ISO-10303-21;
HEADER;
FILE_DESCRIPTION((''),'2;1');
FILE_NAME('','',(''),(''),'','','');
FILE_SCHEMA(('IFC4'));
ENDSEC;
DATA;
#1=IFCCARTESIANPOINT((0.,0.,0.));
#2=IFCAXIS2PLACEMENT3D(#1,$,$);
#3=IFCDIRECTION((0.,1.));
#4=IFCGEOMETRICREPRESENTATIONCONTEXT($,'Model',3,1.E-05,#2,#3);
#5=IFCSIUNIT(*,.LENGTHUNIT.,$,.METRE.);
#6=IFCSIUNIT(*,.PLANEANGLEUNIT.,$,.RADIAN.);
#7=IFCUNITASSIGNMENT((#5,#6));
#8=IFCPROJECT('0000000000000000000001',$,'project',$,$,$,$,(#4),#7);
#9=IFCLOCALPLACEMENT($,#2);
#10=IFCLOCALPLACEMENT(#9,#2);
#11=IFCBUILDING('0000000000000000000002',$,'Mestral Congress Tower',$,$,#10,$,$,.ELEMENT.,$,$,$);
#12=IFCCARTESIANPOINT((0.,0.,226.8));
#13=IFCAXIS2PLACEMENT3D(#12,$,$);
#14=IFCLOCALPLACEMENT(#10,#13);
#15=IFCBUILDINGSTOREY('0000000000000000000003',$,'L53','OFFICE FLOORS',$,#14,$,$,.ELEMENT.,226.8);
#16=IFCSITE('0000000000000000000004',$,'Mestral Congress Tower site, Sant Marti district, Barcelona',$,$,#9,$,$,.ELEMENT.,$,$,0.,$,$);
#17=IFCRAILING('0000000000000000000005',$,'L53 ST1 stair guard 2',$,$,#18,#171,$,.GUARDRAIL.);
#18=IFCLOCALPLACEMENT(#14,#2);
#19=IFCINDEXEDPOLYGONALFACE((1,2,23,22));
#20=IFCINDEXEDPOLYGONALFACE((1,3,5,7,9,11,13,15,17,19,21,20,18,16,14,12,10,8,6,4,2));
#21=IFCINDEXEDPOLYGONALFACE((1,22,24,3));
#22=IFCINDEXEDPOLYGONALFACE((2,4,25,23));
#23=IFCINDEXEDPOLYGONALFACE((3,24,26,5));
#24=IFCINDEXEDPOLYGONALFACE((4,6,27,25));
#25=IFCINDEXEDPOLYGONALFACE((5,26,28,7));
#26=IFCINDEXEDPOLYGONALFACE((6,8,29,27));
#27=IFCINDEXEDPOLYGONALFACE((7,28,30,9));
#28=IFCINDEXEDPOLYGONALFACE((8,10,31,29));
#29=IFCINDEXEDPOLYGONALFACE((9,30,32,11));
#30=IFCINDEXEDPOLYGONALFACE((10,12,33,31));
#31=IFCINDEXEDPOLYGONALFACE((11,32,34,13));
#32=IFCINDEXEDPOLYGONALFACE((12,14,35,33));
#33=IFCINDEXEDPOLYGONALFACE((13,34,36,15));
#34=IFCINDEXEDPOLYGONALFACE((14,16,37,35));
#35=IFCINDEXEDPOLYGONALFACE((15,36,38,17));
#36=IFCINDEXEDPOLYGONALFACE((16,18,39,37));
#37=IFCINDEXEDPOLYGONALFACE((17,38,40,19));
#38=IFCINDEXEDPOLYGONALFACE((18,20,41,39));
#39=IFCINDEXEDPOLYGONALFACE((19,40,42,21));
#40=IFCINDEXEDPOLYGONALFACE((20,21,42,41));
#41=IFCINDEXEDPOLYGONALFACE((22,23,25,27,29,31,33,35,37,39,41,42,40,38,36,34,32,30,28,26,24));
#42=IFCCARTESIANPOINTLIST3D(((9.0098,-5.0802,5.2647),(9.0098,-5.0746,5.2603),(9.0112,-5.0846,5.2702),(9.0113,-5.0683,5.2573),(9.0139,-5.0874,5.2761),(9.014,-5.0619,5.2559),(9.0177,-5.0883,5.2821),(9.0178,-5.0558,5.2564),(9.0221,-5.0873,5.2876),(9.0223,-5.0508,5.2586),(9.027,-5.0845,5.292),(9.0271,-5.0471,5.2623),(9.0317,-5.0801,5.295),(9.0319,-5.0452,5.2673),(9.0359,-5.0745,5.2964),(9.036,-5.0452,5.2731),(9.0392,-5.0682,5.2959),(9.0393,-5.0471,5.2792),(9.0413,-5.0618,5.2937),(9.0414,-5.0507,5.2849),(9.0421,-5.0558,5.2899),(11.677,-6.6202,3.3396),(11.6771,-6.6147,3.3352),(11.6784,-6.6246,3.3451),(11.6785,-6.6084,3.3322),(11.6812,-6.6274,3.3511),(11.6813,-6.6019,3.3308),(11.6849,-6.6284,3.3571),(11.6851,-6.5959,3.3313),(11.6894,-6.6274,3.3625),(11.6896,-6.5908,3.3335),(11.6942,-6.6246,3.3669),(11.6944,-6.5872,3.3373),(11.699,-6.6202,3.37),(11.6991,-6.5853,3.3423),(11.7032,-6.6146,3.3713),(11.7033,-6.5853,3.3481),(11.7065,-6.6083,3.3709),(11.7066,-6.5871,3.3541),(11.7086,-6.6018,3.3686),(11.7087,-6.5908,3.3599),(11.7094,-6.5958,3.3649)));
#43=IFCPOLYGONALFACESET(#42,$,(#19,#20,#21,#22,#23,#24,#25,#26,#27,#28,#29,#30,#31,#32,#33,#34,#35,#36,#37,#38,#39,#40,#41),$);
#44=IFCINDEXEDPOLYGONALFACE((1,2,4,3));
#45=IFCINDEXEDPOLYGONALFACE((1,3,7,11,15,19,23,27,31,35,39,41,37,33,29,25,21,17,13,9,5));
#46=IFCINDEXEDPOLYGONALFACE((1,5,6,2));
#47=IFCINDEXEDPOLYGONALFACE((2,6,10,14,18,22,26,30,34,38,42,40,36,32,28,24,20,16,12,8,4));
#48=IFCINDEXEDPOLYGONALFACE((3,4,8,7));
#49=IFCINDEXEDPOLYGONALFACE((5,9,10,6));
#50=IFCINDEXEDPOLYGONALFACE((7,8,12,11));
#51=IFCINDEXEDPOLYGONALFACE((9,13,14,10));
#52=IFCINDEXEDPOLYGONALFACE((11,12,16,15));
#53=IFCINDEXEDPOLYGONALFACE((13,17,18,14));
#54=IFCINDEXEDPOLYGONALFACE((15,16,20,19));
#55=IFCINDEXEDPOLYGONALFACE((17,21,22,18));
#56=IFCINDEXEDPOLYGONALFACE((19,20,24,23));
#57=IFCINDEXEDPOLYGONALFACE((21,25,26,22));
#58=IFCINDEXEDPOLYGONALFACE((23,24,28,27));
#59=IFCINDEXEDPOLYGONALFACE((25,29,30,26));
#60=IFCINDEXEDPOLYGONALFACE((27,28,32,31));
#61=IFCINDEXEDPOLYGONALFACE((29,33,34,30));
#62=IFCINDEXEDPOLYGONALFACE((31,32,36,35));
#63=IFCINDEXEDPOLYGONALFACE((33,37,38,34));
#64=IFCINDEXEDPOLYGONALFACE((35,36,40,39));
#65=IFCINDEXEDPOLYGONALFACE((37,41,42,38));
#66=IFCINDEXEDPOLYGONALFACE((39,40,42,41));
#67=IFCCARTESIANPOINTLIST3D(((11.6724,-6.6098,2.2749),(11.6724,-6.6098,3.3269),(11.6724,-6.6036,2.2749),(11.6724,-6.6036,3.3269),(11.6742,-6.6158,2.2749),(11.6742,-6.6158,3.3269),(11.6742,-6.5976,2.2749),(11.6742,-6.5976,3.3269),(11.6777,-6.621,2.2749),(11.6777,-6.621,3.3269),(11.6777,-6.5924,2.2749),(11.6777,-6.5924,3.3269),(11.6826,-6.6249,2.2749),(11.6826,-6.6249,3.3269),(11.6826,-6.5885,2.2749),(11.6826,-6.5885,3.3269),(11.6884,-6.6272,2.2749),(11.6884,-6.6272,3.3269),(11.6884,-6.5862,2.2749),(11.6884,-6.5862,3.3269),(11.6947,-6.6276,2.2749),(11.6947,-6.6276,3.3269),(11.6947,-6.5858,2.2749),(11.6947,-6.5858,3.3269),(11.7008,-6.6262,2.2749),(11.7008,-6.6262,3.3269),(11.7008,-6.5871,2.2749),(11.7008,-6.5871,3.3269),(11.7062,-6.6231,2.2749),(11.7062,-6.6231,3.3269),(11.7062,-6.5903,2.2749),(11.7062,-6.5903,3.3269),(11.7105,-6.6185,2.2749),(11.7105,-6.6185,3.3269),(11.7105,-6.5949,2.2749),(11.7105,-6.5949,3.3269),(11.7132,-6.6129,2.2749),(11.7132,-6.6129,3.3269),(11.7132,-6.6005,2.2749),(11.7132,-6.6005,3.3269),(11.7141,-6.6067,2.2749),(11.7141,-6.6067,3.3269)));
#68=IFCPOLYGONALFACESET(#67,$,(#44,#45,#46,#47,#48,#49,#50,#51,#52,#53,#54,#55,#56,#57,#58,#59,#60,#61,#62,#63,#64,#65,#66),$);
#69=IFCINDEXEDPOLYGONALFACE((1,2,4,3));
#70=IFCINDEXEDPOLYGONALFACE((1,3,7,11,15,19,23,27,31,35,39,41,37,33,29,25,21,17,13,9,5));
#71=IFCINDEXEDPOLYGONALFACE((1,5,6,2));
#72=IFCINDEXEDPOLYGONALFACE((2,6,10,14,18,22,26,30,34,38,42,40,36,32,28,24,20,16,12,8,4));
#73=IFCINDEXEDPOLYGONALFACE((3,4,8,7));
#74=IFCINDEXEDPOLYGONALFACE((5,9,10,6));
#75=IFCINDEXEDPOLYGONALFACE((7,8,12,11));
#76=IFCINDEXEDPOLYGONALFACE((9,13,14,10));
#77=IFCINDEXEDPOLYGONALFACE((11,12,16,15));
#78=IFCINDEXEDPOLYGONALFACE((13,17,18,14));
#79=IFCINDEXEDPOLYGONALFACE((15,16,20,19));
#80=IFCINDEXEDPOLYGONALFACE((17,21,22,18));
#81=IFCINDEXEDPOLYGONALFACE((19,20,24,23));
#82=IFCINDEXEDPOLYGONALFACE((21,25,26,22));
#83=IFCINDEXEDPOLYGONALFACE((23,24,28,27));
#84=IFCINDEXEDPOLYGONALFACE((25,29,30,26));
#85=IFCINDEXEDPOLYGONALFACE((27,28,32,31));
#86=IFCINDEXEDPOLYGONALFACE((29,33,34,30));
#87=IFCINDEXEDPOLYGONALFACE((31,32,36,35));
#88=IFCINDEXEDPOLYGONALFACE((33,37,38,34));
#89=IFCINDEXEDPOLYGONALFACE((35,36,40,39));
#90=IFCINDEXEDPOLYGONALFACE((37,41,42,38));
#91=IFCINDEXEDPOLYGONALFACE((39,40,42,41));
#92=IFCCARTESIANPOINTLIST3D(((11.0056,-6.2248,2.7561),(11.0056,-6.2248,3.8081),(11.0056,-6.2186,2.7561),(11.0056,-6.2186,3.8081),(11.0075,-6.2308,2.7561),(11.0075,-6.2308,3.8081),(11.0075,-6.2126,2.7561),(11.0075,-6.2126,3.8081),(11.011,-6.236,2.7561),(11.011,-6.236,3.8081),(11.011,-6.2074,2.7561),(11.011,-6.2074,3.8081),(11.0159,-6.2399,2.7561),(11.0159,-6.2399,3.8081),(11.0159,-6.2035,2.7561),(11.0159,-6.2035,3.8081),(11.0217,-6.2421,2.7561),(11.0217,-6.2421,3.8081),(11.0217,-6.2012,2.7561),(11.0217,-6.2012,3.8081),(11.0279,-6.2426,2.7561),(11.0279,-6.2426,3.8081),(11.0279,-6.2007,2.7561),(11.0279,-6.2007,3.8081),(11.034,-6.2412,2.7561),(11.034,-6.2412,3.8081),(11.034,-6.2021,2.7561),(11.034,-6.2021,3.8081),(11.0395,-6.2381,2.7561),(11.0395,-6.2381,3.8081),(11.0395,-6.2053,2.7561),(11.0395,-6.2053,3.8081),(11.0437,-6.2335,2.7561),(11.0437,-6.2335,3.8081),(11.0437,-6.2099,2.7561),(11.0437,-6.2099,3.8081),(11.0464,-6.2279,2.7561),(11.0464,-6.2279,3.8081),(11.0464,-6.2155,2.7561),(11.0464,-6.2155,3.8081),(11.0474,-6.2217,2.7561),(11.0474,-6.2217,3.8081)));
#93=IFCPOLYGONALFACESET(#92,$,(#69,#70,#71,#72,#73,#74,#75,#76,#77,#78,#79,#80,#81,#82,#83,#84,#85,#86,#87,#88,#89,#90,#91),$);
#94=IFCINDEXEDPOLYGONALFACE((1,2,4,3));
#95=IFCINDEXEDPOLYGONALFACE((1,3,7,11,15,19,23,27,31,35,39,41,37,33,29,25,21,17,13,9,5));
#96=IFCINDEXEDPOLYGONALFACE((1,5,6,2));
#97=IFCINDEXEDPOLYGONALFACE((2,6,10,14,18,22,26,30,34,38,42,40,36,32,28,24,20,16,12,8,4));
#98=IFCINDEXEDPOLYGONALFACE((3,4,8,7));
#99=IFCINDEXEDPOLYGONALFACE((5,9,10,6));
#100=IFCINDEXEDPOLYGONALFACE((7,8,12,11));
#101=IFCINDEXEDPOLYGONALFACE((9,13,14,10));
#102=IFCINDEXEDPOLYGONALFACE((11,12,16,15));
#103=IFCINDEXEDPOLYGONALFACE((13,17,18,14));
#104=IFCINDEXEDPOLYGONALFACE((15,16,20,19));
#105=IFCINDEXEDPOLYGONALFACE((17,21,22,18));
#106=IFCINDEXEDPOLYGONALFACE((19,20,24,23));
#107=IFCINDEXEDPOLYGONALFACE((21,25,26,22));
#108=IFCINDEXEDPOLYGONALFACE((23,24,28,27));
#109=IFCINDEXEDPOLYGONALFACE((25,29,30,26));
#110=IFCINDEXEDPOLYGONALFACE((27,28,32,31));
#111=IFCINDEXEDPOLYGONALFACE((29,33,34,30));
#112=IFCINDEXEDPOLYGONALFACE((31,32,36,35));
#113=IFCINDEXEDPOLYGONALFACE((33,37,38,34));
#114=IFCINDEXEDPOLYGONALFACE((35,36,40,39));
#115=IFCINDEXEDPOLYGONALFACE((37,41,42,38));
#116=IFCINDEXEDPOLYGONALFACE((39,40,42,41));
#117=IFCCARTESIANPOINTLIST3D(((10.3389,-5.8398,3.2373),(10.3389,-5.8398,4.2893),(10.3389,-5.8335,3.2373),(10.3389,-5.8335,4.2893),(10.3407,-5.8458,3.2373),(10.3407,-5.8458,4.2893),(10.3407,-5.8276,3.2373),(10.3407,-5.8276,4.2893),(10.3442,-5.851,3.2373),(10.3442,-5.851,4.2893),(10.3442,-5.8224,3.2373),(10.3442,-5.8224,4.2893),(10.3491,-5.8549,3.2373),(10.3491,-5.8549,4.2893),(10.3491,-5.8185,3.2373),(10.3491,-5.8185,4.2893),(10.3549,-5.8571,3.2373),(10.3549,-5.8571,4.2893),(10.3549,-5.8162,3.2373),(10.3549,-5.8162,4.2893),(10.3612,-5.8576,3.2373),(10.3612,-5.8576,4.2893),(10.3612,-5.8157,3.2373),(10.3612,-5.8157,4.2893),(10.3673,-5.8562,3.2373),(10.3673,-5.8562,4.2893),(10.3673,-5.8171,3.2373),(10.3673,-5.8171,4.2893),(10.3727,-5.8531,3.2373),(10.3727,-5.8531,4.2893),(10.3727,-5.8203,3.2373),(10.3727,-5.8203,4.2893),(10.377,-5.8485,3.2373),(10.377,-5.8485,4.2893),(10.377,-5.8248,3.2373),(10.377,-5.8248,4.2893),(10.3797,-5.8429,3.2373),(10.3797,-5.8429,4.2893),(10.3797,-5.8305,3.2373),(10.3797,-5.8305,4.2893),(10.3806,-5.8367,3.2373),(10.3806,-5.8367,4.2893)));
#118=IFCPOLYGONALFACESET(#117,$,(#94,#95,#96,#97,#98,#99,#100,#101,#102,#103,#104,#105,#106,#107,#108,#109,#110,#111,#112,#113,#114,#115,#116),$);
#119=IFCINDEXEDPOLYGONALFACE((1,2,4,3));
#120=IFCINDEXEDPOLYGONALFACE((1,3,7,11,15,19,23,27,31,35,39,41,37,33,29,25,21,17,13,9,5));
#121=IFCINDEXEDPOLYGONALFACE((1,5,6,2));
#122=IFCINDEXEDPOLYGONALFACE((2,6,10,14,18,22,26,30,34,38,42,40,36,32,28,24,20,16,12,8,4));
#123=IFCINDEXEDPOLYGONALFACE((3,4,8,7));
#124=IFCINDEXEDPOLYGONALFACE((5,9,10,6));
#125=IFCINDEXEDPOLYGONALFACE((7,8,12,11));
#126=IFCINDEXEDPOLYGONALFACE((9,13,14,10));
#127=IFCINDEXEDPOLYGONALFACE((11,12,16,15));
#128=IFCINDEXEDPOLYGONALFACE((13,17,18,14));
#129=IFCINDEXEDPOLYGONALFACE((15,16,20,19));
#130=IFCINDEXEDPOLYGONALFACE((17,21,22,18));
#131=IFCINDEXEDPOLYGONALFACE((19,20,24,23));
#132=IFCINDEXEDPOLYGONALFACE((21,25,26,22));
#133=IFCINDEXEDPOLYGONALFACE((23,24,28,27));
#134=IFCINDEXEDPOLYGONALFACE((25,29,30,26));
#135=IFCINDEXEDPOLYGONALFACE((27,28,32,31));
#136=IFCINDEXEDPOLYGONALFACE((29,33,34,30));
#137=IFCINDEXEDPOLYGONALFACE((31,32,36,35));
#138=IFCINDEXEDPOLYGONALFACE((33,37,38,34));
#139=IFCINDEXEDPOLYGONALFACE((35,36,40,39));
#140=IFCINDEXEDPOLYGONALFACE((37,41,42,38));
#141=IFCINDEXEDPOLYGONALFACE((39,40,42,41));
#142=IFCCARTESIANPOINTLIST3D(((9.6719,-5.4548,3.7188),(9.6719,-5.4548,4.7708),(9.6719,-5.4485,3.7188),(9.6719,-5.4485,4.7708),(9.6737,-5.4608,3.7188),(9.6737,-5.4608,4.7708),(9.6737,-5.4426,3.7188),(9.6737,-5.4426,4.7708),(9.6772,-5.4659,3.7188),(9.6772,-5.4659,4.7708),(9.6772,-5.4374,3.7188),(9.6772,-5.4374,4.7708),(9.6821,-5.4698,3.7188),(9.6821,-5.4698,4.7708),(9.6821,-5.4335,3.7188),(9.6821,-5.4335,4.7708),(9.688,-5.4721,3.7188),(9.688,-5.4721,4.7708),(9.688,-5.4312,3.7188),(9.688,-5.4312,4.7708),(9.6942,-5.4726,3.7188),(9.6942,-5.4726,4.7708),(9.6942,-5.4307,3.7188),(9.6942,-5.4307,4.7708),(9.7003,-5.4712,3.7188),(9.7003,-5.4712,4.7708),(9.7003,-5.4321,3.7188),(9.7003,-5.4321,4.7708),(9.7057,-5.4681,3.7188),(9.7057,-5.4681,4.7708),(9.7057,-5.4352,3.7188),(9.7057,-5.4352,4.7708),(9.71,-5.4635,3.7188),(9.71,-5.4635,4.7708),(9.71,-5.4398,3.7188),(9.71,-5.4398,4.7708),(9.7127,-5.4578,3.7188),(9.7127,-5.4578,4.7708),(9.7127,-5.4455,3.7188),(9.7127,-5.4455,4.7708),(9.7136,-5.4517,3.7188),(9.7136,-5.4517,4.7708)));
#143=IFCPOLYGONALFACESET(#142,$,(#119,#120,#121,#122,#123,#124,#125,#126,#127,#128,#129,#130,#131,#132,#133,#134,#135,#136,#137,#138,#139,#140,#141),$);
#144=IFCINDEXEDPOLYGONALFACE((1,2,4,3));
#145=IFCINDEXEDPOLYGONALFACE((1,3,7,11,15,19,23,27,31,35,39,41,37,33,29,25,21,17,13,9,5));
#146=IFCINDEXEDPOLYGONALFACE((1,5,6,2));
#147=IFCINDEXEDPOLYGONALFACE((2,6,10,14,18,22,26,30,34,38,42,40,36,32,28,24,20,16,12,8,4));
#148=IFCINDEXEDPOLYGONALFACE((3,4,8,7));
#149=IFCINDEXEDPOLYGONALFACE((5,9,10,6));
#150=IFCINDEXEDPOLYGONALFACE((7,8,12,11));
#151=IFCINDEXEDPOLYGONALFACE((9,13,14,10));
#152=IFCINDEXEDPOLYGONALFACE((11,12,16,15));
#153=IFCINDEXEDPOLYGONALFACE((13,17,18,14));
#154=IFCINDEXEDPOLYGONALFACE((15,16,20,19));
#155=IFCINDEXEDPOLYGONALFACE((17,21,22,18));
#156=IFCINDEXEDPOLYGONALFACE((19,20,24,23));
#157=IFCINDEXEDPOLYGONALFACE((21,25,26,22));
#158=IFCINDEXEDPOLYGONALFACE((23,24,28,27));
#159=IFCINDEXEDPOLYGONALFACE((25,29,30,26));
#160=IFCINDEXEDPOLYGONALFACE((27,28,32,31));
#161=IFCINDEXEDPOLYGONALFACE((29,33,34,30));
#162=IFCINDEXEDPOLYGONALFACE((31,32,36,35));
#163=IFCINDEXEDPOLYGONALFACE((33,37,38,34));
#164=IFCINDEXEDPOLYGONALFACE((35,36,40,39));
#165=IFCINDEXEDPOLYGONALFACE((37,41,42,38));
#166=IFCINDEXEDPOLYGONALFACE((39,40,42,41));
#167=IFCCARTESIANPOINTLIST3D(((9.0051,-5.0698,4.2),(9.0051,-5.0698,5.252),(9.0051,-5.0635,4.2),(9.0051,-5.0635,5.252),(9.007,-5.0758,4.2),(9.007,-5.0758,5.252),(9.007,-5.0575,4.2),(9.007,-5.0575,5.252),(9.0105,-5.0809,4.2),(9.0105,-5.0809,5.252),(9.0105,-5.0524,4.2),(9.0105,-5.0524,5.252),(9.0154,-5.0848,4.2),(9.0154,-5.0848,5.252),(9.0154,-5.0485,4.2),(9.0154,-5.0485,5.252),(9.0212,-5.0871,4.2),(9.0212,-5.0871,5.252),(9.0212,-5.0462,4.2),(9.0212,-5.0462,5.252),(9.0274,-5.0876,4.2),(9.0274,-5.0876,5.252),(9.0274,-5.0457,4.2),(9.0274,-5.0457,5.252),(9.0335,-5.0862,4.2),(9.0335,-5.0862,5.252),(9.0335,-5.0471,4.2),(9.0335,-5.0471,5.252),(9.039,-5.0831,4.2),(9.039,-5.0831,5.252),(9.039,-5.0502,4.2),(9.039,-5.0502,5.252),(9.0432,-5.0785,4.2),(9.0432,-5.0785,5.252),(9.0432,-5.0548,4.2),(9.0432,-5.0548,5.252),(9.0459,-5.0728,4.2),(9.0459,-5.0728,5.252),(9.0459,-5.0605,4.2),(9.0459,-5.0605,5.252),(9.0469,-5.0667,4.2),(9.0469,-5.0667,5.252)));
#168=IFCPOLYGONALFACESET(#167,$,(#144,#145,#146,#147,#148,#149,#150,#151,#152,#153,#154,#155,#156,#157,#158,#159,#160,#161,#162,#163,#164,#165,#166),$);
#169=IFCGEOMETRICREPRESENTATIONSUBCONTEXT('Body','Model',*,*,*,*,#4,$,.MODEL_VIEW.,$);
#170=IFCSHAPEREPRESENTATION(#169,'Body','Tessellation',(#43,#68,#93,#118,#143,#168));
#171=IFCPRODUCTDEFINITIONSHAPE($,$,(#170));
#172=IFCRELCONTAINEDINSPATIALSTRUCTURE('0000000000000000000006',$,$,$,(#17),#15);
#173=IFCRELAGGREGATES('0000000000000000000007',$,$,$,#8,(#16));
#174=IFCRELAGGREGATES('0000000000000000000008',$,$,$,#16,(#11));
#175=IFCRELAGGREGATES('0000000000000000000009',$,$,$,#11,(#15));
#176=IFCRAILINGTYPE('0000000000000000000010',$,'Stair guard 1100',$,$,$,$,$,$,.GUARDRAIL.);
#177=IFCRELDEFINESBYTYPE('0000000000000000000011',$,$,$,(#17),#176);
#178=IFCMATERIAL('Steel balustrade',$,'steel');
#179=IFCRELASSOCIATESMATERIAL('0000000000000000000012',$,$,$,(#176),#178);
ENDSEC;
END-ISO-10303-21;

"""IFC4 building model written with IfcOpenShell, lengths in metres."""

from ifc_helpers import new_model, si_unit, direction, frame, origin, origin_2d, place, context, subcontext, project, spatial, circle, extrude, material, type_object, element, save


model = new_model("IFC4")

# Units and contexts
model_context = context("Model", 3, precision=1e-05, world=origin(), true_north=direction((0.0, 1.0)))
body_context = subcontext(model_context, "Body", "Model", "MODEL_VIEW")
ifc_project = project(units=[si_unit("LENGTHUNIT", "METRE"), si_unit("PLANEANGLEUNIT", "RADIAN")], contexts=[model_context])

# Site, building, storey
site_placement = place(None, origin())
site = spatial("IfcSite", under=ifc_project, at=site_placement, Name="Mestral Congress Tower site, Sant Marti district, Barcelona", CompositionType="ELEMENT", RefElevation=0.0)
building_placement = place(site_placement, origin())
building = spatial("IfcBuilding", under=site, at=building_placement, Name="Mestral Congress Tower", CompositionType="ELEMENT")
storey_placement = place(building_placement, frame((0.0, 0.0, 226.8)))
storey = spatial("IfcBuildingStorey", under=building, at=storey_placement, Name="L53", Description="OFFICE FLOORS", CompositionType="ELEMENT", Elevation=226.8)

# Railing
ifc_material_1 = material(Name="Steel balustrade", Category="steel")
railing_type_1 = type_object("IfcRailingType", Name="Stair guard 1100", PredefinedType="GUARDRAIL", material=ifc_material_1)
railing_1_placement = place(storey_placement, frame((11.6931, -6.6067, 2.2749)))
element("IfcRailing", 1, at=railing_1_placement, inside=storey, type_object=railing_type_1, Name="L53 ST1 stair guard 2", PredefinedType="GUARDRAIL", context=body_context, shape_type="SweptSolid", body=[
    extrude(circle(Radius=0.0239, at=origin_2d()), frame((0.0, 0.0, 1.0762), z_axis=(-0.734364, 0.424015, 0.530019), x_axis=(-0.500027, -0.86601, 0.0)), (0.0, 0.0, 1.0), 3.6321),
    extrude(circle(Radius=0.021, at=origin_2d()), origin(), (0.0, 0.0, 1.0), 1.052),
    extrude(circle(Radius=0.021, at=origin_2d()), frame((-0.6667, 0.385, 0.4812)), (0.0, 0.0, 1.0), 1.052),
    extrude(circle(Radius=0.021, at=origin_2d()), frame((-1.3335, 0.77, 0.9624)), (0.0, 0.0, 1.0), 1.052),
    extrude(circle(Radius=0.021, at=origin_2d()), frame((-2.0005, 1.155, 1.4438)), (0.0, 0.0, 1.0), 1.052),
    extrude(circle(Radius=0.021, at=origin_2d()), frame((-2.6672, 1.54, 1.925)), (0.0, 0.0, 1.0), 1.052),
])

save(model, "model.ifc")
